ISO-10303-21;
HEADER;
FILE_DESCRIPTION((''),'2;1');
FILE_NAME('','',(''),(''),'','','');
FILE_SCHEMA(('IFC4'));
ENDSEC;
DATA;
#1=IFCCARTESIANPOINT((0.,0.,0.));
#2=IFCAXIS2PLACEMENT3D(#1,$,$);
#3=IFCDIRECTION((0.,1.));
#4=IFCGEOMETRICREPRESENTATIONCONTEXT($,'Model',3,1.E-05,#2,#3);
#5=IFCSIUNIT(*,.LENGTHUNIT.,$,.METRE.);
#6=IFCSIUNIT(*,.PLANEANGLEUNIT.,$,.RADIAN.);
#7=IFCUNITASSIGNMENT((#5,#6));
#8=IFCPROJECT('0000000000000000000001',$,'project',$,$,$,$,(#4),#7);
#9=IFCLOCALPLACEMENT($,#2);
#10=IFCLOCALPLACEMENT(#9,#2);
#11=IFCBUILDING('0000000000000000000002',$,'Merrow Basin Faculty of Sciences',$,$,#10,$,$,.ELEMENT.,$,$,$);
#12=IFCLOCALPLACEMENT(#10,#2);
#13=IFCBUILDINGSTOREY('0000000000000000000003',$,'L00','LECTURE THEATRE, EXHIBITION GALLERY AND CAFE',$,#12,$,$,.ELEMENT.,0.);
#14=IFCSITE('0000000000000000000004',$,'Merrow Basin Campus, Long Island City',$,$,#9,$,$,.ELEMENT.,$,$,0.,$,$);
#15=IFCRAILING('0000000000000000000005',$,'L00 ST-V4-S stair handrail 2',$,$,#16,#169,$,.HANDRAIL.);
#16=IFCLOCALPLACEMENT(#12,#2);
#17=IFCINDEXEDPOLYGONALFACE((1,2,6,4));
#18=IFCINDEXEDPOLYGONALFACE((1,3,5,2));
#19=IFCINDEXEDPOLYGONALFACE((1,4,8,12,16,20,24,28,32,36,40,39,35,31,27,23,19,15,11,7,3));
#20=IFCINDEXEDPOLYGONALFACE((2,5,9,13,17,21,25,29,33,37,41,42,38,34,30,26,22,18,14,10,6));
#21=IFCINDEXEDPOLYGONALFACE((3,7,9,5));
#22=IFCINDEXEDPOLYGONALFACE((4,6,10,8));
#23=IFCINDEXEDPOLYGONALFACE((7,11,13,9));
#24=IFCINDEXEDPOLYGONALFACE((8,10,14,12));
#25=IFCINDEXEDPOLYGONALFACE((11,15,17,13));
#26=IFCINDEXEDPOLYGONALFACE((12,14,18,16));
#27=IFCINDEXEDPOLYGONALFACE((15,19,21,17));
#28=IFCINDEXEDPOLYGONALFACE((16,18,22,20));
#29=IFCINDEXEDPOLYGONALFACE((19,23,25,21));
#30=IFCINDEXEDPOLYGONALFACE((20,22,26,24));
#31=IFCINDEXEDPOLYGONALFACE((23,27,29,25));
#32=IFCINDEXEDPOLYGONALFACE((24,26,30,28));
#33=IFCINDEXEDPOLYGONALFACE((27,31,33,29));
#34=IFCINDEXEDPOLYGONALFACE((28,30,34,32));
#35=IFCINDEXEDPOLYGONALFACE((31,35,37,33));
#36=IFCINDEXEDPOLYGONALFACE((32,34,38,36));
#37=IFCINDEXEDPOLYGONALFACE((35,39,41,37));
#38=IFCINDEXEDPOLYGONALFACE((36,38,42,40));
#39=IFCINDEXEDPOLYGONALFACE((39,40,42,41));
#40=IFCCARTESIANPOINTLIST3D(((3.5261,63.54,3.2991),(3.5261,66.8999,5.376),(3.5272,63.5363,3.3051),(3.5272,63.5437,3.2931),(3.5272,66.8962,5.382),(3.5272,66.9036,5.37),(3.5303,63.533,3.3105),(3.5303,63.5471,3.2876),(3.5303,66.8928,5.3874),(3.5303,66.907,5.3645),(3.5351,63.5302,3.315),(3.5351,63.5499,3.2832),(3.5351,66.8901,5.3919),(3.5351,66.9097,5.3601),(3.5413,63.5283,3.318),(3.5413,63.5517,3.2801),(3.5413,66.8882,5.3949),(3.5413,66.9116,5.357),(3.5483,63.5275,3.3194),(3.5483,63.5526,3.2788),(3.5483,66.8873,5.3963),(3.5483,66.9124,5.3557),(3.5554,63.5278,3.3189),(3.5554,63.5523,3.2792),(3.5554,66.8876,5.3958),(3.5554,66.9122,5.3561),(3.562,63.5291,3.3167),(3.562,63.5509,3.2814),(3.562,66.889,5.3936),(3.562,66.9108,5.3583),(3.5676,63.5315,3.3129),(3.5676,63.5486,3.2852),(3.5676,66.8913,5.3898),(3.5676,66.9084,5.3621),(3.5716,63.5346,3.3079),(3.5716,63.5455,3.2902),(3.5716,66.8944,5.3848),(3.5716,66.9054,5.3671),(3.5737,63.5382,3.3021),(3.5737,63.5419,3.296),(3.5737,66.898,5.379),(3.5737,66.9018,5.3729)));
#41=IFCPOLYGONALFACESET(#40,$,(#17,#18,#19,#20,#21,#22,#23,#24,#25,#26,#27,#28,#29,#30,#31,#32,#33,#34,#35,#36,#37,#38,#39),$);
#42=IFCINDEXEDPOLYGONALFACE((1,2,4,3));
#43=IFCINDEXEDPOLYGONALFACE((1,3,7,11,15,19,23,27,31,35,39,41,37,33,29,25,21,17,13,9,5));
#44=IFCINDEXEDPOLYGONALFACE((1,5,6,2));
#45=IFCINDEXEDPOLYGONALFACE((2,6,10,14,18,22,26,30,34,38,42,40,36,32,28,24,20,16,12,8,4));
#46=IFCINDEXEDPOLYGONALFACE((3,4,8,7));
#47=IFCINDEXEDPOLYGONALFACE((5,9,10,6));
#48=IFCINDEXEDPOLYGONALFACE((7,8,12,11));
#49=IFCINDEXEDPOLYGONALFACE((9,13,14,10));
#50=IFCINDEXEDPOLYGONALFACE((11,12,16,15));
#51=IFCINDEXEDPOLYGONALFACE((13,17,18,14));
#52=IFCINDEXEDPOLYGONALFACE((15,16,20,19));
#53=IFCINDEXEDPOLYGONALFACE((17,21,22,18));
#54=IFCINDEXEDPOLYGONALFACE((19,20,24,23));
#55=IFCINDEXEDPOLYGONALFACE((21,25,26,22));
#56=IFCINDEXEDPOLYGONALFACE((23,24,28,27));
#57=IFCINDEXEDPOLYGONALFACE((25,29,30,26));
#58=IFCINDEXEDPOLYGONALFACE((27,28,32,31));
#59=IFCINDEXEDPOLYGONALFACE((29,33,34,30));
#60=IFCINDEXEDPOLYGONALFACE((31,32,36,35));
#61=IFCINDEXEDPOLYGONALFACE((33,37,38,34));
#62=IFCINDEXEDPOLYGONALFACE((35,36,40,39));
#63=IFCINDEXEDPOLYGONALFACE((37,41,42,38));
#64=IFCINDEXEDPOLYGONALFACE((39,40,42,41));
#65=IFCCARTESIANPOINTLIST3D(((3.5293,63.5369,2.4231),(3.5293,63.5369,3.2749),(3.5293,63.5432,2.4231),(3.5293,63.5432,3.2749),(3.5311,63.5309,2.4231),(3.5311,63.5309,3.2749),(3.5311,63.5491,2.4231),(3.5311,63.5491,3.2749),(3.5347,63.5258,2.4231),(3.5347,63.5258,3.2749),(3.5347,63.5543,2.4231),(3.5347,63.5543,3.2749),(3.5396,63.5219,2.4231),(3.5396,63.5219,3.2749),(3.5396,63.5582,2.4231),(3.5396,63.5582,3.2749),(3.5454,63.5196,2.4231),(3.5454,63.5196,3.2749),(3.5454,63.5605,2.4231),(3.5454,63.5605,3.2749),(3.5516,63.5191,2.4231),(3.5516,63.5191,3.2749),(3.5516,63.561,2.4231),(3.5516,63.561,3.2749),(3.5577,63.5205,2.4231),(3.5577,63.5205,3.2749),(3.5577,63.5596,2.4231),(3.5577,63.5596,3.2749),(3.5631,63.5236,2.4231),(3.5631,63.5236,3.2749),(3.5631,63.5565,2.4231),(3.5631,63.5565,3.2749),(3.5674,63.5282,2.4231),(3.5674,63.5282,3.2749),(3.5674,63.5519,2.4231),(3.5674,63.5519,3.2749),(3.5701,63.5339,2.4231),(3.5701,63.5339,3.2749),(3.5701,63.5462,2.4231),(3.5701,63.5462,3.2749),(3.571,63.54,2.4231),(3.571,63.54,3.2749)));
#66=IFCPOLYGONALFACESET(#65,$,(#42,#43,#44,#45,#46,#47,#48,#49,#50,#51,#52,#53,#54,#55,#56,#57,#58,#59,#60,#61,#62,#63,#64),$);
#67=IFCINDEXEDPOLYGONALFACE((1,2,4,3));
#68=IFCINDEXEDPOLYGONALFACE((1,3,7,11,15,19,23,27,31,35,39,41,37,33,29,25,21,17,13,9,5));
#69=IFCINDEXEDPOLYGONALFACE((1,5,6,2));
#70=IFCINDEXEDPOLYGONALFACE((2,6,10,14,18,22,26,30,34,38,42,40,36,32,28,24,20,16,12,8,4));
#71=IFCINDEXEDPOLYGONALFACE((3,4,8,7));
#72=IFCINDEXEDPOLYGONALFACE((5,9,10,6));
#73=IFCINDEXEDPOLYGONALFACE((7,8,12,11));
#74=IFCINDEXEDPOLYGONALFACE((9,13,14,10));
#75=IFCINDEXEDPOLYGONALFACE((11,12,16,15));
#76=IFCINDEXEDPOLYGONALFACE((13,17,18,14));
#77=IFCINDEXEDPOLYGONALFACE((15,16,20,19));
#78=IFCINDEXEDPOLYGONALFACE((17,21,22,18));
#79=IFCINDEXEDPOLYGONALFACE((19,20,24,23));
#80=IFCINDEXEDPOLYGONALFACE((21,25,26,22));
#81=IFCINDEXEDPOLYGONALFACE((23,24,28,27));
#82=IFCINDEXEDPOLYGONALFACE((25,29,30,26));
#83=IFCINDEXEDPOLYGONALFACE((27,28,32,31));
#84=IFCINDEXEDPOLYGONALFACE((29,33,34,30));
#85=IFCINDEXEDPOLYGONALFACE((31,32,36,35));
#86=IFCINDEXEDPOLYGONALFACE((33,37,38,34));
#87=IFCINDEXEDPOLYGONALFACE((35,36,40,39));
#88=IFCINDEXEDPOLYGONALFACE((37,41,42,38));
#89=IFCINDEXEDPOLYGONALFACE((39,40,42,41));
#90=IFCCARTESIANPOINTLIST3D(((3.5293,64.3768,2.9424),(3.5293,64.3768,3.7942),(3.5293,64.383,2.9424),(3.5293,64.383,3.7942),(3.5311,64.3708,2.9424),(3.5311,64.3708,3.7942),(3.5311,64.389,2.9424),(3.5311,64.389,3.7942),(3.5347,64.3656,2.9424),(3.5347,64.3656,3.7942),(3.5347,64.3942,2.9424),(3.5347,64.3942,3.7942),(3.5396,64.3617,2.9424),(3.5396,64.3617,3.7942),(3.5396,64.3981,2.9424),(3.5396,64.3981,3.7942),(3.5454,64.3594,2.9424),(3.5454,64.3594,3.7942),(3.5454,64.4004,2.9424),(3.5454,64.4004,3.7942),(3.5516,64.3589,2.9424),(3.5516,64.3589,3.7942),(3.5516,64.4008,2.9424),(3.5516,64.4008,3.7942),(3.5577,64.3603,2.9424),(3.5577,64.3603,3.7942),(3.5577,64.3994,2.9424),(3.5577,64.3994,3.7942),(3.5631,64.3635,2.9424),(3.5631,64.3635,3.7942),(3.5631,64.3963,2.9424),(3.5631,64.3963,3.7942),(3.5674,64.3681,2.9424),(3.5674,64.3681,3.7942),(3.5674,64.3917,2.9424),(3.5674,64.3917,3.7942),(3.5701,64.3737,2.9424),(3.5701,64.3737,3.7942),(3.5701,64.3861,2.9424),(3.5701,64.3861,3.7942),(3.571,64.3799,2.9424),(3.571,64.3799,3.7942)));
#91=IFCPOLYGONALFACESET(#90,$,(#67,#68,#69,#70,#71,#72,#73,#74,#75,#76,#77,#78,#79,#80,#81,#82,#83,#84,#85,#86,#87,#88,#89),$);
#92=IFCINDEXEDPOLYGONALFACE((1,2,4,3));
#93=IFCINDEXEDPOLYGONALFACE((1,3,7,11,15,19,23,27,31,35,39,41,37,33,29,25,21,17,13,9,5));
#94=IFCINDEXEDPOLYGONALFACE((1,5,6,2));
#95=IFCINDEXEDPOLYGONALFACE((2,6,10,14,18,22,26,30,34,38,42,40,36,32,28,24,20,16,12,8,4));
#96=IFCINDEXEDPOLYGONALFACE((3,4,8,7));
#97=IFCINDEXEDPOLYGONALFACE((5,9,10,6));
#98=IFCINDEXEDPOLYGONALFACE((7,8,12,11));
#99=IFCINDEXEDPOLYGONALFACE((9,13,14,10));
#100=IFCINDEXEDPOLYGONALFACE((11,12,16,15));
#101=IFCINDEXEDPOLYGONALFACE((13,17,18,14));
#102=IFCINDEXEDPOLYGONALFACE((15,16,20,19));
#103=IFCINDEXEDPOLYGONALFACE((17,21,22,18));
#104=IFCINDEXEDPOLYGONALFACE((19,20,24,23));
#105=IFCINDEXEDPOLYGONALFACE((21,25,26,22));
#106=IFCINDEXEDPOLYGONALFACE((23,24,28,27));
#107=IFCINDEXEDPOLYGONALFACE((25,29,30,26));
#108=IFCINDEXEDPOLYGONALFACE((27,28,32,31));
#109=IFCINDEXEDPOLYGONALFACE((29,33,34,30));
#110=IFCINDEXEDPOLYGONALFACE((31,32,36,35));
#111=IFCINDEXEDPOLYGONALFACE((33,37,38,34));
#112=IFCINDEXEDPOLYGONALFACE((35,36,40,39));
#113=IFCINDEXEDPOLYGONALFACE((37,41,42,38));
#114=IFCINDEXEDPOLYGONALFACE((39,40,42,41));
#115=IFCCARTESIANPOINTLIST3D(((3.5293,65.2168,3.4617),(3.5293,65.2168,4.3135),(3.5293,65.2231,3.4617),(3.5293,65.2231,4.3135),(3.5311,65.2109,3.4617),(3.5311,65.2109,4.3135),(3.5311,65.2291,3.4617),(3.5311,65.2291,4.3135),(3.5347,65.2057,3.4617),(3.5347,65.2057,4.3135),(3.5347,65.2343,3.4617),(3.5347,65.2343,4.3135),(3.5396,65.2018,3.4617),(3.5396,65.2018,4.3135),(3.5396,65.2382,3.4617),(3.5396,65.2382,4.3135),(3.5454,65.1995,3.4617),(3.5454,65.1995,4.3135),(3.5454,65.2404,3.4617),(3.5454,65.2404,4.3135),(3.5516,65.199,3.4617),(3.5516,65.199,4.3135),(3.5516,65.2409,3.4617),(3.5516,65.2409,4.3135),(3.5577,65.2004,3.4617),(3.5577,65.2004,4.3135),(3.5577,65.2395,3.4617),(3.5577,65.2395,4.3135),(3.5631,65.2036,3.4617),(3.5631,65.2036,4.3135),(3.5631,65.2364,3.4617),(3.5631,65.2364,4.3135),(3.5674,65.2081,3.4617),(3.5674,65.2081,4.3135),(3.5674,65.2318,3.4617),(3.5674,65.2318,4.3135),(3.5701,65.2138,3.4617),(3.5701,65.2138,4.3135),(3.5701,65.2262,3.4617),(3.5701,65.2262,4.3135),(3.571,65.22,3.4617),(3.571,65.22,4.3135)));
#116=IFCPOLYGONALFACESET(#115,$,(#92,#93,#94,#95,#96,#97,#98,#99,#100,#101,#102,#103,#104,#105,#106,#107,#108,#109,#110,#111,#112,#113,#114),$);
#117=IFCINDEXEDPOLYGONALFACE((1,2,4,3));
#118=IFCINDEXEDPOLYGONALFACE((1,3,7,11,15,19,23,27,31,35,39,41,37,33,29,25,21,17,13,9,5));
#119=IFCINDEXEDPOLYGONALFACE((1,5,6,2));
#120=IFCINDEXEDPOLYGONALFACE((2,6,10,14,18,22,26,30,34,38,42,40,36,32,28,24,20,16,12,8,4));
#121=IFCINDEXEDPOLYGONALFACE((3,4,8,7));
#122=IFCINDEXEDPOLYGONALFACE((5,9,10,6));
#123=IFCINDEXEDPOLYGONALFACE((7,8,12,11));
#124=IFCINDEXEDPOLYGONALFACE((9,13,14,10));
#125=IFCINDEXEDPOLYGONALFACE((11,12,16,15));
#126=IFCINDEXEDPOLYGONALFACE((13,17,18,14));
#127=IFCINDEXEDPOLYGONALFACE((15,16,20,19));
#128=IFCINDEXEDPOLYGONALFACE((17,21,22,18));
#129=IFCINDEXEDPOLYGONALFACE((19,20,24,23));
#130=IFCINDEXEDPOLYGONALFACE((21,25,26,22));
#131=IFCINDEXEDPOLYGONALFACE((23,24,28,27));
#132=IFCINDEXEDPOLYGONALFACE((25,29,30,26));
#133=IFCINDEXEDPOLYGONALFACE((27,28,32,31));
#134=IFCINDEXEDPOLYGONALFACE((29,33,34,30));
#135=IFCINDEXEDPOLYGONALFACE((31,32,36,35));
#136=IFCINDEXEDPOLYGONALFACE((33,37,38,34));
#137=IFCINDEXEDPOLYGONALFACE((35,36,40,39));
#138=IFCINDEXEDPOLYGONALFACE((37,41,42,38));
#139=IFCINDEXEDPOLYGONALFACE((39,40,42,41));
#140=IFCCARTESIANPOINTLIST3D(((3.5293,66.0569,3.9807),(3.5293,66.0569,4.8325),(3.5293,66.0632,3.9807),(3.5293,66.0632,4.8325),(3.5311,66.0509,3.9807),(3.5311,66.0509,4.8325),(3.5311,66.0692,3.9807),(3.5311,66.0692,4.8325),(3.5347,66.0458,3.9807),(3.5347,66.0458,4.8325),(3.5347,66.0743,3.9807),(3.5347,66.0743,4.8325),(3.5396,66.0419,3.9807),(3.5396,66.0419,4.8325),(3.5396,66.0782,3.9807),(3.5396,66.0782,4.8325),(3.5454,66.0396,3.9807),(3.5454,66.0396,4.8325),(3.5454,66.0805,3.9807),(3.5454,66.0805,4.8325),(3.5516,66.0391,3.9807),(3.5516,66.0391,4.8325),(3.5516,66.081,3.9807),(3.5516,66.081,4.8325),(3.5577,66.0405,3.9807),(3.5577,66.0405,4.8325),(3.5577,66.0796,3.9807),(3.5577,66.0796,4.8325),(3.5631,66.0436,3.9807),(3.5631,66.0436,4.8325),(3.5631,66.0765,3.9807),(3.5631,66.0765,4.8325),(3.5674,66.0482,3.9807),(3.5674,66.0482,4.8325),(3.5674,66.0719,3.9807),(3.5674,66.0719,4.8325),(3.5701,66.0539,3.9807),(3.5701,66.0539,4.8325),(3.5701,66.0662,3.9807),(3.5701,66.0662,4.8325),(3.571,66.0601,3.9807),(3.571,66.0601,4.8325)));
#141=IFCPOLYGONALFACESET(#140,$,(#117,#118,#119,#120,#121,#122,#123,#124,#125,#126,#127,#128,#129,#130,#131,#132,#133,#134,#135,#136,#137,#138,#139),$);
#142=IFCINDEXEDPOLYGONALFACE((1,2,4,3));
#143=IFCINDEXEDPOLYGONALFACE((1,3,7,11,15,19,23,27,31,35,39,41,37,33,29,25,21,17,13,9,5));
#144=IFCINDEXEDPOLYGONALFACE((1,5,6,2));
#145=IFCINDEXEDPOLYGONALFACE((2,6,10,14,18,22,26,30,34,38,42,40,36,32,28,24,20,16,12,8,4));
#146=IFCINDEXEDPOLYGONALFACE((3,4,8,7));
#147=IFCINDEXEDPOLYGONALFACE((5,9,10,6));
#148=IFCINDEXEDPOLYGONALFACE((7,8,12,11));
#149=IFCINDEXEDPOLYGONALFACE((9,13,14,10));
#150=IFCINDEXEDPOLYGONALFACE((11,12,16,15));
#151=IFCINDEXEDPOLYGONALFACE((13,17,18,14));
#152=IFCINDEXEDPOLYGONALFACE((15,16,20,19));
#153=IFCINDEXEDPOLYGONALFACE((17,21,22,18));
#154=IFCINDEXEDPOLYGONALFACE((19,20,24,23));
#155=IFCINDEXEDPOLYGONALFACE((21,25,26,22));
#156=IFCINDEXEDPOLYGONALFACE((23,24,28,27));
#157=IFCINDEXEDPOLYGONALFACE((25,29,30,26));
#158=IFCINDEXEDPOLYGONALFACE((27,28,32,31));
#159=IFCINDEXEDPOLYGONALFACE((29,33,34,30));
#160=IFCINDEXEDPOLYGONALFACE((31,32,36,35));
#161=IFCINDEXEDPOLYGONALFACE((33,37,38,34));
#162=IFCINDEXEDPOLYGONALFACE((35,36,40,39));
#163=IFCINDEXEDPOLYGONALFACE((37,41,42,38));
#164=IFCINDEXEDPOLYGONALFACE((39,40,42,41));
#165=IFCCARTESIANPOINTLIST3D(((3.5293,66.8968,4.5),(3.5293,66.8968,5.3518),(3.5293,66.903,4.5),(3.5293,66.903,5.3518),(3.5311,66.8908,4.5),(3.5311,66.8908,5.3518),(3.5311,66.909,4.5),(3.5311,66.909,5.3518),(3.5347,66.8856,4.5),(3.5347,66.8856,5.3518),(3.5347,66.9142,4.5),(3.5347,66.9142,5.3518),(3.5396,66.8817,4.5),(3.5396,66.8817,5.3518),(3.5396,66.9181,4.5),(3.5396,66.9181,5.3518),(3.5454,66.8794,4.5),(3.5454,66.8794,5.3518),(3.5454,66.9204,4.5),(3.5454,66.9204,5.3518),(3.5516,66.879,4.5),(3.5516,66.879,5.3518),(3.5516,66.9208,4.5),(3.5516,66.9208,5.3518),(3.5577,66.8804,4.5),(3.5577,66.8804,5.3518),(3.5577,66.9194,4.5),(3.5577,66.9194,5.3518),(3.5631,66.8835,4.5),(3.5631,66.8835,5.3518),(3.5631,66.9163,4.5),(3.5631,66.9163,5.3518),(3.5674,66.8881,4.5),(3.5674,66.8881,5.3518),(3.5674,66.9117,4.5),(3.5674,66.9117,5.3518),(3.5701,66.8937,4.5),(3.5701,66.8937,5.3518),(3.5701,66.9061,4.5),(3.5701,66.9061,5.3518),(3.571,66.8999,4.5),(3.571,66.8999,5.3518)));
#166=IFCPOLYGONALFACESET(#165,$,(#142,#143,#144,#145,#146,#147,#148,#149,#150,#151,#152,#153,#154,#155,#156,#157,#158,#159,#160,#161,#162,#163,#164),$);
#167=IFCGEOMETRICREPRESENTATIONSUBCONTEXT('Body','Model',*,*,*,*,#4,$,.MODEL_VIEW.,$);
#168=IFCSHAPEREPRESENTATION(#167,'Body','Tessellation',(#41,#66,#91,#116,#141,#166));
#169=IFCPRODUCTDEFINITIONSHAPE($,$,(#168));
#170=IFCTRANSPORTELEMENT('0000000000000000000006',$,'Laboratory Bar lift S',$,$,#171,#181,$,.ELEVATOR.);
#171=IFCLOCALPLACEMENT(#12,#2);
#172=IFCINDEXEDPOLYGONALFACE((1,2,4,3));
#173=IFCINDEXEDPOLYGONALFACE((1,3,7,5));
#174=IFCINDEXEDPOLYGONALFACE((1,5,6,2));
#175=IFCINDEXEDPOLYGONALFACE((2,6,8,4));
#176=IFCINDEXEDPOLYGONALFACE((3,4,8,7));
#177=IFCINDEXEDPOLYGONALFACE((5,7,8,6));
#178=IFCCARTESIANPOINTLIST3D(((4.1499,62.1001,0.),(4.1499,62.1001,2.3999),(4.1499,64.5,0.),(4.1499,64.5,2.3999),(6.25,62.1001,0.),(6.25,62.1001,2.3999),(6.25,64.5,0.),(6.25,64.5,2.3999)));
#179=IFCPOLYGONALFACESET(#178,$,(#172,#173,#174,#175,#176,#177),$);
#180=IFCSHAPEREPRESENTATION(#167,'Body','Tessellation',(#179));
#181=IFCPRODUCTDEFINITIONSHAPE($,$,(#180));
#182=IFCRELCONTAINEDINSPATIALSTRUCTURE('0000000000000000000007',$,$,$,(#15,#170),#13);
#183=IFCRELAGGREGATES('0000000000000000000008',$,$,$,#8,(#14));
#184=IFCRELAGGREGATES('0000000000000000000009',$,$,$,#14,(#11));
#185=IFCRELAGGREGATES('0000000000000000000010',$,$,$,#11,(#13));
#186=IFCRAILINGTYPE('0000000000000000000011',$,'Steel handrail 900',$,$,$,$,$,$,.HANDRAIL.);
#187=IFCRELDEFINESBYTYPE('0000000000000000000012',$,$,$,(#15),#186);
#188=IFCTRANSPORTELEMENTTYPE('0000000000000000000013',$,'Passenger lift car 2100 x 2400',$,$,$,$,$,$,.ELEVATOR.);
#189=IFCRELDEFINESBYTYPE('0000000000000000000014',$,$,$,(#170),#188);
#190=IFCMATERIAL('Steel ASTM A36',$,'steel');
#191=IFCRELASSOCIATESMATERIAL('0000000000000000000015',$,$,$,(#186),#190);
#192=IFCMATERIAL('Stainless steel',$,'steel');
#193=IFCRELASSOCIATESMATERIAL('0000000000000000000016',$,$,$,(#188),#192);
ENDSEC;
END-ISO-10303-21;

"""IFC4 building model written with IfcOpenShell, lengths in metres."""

from ifc_helpers import new_model, si_unit, direction, frame, origin, origin_2d, place, context, subcontext, project, spatial, rectangle, circle, extrude, material, type_object, element, save


model = new_model("IFC4")

# Units and contexts
model_context = context("Model", 3, precision=1e-05, world=origin(), true_north=direction((0.0, 1.0)))
body_context = subcontext(model_context, "Body", "Model", "MODEL_VIEW")
ifc_project = project(units=[si_unit("LENGTHUNIT", "METRE"), si_unit("PLANEANGLEUNIT", "RADIAN")], contexts=[model_context])

# Site, building, storey
site_placement = place(None, origin())
site = spatial("IfcSite", under=ifc_project, at=site_placement, Name="Merrow Basin Campus, Long Island City", CompositionType="ELEMENT", RefElevation=0.0)
building_placement = place(site_placement, origin())
building = spatial("IfcBuilding", under=site, at=building_placement, Name="Merrow Basin Faculty of Sciences", CompositionType="ELEMENT")
storey_placement = place(building_placement, origin())
storey = spatial("IfcBuildingStorey", under=building, at=storey_placement, Name="L00", Description="LECTURE THEATRE, EXHIBITION GALLERY AND CAFE", CompositionType="ELEMENT", Elevation=0.0)

# Railing
ifc_material_1 = material(Name="Steel ASTM A36", Category="steel")
railing_type_1 = type_object("IfcRailingType", Name="Steel handrail 900", PredefinedType="HANDRAIL", material=ifc_material_1)
railing_1_placement = place(storey_placement, frame((3.55, 63.54, 2.4231)))
element("IfcRailing", 1, at=railing_1_placement, inside=storey, type_object=railing_type_1, Name="L00 ST-V4-S stair handrail 2", PredefinedType="HANDRAIL", context=body_context, shape_type="SweptSolid", body=[
    extrude(circle(Radius=0.0239, at=origin_2d()), frame((0.0, 0.0, 0.876), z_axis=(0.0, 0.850606, 0.525803), x_axis=(-1.0, 0.0, 0.0)), (0.0, 0.0, 1.0), 3.95),
    extrude(circle(Radius=0.021, at=origin_2d()), origin(), (0.0, 0.0, 1.0), 0.8518),
    extrude(circle(Radius=0.021, at=origin_2d()), frame((0.0, 0.8398, 0.5193)), (0.0, 0.0, 1.0), 0.8518),
    extrude(circle(Radius=0.021, at=origin_2d()), frame((0.0, 1.6799, 1.0386)), (0.0, 0.0, 1.0), 0.8518),
    extrude(circle(Radius=0.021, at=origin_2d()), frame((0.0, 2.52, 1.5576)), (0.0, 0.0, 1.0), 0.8518),
    extrude(circle(Radius=0.021, at=origin_2d()), frame((0.0, 3.3599, 2.0769)), (0.0, 0.0, 1.0), 0.8518),
])

# Transport element
ifc_material_2 = material(Name="Stainless steel", Category="steel")
transport_element_type = type_object("IfcTransportElementType", Name="Passenger lift car 2100 x 2400", PredefinedType="ELEVATOR", material=ifc_material_2)
transport_element_placement = place(storey_placement, frame((5.2, 63.3, 0.0), z_axis=(0.0, 0.0, 1.0), x_axis=(1.0, 0.0, 0.0)))
element("IfcTransportElement", 2, at=transport_element_placement, inside=storey, type_object=transport_element_type, Name="Laboratory Bar lift S", PredefinedType="ELEVATOR", context=body_context, shape_type="SweptSolid", body=[
    extrude(rectangle(XDim=2.1001, YDim=2.3999, at=origin_2d()), origin(), (0.0, 0.0, 1.0), 2.3999),
])

save(model, "model.ifc")
